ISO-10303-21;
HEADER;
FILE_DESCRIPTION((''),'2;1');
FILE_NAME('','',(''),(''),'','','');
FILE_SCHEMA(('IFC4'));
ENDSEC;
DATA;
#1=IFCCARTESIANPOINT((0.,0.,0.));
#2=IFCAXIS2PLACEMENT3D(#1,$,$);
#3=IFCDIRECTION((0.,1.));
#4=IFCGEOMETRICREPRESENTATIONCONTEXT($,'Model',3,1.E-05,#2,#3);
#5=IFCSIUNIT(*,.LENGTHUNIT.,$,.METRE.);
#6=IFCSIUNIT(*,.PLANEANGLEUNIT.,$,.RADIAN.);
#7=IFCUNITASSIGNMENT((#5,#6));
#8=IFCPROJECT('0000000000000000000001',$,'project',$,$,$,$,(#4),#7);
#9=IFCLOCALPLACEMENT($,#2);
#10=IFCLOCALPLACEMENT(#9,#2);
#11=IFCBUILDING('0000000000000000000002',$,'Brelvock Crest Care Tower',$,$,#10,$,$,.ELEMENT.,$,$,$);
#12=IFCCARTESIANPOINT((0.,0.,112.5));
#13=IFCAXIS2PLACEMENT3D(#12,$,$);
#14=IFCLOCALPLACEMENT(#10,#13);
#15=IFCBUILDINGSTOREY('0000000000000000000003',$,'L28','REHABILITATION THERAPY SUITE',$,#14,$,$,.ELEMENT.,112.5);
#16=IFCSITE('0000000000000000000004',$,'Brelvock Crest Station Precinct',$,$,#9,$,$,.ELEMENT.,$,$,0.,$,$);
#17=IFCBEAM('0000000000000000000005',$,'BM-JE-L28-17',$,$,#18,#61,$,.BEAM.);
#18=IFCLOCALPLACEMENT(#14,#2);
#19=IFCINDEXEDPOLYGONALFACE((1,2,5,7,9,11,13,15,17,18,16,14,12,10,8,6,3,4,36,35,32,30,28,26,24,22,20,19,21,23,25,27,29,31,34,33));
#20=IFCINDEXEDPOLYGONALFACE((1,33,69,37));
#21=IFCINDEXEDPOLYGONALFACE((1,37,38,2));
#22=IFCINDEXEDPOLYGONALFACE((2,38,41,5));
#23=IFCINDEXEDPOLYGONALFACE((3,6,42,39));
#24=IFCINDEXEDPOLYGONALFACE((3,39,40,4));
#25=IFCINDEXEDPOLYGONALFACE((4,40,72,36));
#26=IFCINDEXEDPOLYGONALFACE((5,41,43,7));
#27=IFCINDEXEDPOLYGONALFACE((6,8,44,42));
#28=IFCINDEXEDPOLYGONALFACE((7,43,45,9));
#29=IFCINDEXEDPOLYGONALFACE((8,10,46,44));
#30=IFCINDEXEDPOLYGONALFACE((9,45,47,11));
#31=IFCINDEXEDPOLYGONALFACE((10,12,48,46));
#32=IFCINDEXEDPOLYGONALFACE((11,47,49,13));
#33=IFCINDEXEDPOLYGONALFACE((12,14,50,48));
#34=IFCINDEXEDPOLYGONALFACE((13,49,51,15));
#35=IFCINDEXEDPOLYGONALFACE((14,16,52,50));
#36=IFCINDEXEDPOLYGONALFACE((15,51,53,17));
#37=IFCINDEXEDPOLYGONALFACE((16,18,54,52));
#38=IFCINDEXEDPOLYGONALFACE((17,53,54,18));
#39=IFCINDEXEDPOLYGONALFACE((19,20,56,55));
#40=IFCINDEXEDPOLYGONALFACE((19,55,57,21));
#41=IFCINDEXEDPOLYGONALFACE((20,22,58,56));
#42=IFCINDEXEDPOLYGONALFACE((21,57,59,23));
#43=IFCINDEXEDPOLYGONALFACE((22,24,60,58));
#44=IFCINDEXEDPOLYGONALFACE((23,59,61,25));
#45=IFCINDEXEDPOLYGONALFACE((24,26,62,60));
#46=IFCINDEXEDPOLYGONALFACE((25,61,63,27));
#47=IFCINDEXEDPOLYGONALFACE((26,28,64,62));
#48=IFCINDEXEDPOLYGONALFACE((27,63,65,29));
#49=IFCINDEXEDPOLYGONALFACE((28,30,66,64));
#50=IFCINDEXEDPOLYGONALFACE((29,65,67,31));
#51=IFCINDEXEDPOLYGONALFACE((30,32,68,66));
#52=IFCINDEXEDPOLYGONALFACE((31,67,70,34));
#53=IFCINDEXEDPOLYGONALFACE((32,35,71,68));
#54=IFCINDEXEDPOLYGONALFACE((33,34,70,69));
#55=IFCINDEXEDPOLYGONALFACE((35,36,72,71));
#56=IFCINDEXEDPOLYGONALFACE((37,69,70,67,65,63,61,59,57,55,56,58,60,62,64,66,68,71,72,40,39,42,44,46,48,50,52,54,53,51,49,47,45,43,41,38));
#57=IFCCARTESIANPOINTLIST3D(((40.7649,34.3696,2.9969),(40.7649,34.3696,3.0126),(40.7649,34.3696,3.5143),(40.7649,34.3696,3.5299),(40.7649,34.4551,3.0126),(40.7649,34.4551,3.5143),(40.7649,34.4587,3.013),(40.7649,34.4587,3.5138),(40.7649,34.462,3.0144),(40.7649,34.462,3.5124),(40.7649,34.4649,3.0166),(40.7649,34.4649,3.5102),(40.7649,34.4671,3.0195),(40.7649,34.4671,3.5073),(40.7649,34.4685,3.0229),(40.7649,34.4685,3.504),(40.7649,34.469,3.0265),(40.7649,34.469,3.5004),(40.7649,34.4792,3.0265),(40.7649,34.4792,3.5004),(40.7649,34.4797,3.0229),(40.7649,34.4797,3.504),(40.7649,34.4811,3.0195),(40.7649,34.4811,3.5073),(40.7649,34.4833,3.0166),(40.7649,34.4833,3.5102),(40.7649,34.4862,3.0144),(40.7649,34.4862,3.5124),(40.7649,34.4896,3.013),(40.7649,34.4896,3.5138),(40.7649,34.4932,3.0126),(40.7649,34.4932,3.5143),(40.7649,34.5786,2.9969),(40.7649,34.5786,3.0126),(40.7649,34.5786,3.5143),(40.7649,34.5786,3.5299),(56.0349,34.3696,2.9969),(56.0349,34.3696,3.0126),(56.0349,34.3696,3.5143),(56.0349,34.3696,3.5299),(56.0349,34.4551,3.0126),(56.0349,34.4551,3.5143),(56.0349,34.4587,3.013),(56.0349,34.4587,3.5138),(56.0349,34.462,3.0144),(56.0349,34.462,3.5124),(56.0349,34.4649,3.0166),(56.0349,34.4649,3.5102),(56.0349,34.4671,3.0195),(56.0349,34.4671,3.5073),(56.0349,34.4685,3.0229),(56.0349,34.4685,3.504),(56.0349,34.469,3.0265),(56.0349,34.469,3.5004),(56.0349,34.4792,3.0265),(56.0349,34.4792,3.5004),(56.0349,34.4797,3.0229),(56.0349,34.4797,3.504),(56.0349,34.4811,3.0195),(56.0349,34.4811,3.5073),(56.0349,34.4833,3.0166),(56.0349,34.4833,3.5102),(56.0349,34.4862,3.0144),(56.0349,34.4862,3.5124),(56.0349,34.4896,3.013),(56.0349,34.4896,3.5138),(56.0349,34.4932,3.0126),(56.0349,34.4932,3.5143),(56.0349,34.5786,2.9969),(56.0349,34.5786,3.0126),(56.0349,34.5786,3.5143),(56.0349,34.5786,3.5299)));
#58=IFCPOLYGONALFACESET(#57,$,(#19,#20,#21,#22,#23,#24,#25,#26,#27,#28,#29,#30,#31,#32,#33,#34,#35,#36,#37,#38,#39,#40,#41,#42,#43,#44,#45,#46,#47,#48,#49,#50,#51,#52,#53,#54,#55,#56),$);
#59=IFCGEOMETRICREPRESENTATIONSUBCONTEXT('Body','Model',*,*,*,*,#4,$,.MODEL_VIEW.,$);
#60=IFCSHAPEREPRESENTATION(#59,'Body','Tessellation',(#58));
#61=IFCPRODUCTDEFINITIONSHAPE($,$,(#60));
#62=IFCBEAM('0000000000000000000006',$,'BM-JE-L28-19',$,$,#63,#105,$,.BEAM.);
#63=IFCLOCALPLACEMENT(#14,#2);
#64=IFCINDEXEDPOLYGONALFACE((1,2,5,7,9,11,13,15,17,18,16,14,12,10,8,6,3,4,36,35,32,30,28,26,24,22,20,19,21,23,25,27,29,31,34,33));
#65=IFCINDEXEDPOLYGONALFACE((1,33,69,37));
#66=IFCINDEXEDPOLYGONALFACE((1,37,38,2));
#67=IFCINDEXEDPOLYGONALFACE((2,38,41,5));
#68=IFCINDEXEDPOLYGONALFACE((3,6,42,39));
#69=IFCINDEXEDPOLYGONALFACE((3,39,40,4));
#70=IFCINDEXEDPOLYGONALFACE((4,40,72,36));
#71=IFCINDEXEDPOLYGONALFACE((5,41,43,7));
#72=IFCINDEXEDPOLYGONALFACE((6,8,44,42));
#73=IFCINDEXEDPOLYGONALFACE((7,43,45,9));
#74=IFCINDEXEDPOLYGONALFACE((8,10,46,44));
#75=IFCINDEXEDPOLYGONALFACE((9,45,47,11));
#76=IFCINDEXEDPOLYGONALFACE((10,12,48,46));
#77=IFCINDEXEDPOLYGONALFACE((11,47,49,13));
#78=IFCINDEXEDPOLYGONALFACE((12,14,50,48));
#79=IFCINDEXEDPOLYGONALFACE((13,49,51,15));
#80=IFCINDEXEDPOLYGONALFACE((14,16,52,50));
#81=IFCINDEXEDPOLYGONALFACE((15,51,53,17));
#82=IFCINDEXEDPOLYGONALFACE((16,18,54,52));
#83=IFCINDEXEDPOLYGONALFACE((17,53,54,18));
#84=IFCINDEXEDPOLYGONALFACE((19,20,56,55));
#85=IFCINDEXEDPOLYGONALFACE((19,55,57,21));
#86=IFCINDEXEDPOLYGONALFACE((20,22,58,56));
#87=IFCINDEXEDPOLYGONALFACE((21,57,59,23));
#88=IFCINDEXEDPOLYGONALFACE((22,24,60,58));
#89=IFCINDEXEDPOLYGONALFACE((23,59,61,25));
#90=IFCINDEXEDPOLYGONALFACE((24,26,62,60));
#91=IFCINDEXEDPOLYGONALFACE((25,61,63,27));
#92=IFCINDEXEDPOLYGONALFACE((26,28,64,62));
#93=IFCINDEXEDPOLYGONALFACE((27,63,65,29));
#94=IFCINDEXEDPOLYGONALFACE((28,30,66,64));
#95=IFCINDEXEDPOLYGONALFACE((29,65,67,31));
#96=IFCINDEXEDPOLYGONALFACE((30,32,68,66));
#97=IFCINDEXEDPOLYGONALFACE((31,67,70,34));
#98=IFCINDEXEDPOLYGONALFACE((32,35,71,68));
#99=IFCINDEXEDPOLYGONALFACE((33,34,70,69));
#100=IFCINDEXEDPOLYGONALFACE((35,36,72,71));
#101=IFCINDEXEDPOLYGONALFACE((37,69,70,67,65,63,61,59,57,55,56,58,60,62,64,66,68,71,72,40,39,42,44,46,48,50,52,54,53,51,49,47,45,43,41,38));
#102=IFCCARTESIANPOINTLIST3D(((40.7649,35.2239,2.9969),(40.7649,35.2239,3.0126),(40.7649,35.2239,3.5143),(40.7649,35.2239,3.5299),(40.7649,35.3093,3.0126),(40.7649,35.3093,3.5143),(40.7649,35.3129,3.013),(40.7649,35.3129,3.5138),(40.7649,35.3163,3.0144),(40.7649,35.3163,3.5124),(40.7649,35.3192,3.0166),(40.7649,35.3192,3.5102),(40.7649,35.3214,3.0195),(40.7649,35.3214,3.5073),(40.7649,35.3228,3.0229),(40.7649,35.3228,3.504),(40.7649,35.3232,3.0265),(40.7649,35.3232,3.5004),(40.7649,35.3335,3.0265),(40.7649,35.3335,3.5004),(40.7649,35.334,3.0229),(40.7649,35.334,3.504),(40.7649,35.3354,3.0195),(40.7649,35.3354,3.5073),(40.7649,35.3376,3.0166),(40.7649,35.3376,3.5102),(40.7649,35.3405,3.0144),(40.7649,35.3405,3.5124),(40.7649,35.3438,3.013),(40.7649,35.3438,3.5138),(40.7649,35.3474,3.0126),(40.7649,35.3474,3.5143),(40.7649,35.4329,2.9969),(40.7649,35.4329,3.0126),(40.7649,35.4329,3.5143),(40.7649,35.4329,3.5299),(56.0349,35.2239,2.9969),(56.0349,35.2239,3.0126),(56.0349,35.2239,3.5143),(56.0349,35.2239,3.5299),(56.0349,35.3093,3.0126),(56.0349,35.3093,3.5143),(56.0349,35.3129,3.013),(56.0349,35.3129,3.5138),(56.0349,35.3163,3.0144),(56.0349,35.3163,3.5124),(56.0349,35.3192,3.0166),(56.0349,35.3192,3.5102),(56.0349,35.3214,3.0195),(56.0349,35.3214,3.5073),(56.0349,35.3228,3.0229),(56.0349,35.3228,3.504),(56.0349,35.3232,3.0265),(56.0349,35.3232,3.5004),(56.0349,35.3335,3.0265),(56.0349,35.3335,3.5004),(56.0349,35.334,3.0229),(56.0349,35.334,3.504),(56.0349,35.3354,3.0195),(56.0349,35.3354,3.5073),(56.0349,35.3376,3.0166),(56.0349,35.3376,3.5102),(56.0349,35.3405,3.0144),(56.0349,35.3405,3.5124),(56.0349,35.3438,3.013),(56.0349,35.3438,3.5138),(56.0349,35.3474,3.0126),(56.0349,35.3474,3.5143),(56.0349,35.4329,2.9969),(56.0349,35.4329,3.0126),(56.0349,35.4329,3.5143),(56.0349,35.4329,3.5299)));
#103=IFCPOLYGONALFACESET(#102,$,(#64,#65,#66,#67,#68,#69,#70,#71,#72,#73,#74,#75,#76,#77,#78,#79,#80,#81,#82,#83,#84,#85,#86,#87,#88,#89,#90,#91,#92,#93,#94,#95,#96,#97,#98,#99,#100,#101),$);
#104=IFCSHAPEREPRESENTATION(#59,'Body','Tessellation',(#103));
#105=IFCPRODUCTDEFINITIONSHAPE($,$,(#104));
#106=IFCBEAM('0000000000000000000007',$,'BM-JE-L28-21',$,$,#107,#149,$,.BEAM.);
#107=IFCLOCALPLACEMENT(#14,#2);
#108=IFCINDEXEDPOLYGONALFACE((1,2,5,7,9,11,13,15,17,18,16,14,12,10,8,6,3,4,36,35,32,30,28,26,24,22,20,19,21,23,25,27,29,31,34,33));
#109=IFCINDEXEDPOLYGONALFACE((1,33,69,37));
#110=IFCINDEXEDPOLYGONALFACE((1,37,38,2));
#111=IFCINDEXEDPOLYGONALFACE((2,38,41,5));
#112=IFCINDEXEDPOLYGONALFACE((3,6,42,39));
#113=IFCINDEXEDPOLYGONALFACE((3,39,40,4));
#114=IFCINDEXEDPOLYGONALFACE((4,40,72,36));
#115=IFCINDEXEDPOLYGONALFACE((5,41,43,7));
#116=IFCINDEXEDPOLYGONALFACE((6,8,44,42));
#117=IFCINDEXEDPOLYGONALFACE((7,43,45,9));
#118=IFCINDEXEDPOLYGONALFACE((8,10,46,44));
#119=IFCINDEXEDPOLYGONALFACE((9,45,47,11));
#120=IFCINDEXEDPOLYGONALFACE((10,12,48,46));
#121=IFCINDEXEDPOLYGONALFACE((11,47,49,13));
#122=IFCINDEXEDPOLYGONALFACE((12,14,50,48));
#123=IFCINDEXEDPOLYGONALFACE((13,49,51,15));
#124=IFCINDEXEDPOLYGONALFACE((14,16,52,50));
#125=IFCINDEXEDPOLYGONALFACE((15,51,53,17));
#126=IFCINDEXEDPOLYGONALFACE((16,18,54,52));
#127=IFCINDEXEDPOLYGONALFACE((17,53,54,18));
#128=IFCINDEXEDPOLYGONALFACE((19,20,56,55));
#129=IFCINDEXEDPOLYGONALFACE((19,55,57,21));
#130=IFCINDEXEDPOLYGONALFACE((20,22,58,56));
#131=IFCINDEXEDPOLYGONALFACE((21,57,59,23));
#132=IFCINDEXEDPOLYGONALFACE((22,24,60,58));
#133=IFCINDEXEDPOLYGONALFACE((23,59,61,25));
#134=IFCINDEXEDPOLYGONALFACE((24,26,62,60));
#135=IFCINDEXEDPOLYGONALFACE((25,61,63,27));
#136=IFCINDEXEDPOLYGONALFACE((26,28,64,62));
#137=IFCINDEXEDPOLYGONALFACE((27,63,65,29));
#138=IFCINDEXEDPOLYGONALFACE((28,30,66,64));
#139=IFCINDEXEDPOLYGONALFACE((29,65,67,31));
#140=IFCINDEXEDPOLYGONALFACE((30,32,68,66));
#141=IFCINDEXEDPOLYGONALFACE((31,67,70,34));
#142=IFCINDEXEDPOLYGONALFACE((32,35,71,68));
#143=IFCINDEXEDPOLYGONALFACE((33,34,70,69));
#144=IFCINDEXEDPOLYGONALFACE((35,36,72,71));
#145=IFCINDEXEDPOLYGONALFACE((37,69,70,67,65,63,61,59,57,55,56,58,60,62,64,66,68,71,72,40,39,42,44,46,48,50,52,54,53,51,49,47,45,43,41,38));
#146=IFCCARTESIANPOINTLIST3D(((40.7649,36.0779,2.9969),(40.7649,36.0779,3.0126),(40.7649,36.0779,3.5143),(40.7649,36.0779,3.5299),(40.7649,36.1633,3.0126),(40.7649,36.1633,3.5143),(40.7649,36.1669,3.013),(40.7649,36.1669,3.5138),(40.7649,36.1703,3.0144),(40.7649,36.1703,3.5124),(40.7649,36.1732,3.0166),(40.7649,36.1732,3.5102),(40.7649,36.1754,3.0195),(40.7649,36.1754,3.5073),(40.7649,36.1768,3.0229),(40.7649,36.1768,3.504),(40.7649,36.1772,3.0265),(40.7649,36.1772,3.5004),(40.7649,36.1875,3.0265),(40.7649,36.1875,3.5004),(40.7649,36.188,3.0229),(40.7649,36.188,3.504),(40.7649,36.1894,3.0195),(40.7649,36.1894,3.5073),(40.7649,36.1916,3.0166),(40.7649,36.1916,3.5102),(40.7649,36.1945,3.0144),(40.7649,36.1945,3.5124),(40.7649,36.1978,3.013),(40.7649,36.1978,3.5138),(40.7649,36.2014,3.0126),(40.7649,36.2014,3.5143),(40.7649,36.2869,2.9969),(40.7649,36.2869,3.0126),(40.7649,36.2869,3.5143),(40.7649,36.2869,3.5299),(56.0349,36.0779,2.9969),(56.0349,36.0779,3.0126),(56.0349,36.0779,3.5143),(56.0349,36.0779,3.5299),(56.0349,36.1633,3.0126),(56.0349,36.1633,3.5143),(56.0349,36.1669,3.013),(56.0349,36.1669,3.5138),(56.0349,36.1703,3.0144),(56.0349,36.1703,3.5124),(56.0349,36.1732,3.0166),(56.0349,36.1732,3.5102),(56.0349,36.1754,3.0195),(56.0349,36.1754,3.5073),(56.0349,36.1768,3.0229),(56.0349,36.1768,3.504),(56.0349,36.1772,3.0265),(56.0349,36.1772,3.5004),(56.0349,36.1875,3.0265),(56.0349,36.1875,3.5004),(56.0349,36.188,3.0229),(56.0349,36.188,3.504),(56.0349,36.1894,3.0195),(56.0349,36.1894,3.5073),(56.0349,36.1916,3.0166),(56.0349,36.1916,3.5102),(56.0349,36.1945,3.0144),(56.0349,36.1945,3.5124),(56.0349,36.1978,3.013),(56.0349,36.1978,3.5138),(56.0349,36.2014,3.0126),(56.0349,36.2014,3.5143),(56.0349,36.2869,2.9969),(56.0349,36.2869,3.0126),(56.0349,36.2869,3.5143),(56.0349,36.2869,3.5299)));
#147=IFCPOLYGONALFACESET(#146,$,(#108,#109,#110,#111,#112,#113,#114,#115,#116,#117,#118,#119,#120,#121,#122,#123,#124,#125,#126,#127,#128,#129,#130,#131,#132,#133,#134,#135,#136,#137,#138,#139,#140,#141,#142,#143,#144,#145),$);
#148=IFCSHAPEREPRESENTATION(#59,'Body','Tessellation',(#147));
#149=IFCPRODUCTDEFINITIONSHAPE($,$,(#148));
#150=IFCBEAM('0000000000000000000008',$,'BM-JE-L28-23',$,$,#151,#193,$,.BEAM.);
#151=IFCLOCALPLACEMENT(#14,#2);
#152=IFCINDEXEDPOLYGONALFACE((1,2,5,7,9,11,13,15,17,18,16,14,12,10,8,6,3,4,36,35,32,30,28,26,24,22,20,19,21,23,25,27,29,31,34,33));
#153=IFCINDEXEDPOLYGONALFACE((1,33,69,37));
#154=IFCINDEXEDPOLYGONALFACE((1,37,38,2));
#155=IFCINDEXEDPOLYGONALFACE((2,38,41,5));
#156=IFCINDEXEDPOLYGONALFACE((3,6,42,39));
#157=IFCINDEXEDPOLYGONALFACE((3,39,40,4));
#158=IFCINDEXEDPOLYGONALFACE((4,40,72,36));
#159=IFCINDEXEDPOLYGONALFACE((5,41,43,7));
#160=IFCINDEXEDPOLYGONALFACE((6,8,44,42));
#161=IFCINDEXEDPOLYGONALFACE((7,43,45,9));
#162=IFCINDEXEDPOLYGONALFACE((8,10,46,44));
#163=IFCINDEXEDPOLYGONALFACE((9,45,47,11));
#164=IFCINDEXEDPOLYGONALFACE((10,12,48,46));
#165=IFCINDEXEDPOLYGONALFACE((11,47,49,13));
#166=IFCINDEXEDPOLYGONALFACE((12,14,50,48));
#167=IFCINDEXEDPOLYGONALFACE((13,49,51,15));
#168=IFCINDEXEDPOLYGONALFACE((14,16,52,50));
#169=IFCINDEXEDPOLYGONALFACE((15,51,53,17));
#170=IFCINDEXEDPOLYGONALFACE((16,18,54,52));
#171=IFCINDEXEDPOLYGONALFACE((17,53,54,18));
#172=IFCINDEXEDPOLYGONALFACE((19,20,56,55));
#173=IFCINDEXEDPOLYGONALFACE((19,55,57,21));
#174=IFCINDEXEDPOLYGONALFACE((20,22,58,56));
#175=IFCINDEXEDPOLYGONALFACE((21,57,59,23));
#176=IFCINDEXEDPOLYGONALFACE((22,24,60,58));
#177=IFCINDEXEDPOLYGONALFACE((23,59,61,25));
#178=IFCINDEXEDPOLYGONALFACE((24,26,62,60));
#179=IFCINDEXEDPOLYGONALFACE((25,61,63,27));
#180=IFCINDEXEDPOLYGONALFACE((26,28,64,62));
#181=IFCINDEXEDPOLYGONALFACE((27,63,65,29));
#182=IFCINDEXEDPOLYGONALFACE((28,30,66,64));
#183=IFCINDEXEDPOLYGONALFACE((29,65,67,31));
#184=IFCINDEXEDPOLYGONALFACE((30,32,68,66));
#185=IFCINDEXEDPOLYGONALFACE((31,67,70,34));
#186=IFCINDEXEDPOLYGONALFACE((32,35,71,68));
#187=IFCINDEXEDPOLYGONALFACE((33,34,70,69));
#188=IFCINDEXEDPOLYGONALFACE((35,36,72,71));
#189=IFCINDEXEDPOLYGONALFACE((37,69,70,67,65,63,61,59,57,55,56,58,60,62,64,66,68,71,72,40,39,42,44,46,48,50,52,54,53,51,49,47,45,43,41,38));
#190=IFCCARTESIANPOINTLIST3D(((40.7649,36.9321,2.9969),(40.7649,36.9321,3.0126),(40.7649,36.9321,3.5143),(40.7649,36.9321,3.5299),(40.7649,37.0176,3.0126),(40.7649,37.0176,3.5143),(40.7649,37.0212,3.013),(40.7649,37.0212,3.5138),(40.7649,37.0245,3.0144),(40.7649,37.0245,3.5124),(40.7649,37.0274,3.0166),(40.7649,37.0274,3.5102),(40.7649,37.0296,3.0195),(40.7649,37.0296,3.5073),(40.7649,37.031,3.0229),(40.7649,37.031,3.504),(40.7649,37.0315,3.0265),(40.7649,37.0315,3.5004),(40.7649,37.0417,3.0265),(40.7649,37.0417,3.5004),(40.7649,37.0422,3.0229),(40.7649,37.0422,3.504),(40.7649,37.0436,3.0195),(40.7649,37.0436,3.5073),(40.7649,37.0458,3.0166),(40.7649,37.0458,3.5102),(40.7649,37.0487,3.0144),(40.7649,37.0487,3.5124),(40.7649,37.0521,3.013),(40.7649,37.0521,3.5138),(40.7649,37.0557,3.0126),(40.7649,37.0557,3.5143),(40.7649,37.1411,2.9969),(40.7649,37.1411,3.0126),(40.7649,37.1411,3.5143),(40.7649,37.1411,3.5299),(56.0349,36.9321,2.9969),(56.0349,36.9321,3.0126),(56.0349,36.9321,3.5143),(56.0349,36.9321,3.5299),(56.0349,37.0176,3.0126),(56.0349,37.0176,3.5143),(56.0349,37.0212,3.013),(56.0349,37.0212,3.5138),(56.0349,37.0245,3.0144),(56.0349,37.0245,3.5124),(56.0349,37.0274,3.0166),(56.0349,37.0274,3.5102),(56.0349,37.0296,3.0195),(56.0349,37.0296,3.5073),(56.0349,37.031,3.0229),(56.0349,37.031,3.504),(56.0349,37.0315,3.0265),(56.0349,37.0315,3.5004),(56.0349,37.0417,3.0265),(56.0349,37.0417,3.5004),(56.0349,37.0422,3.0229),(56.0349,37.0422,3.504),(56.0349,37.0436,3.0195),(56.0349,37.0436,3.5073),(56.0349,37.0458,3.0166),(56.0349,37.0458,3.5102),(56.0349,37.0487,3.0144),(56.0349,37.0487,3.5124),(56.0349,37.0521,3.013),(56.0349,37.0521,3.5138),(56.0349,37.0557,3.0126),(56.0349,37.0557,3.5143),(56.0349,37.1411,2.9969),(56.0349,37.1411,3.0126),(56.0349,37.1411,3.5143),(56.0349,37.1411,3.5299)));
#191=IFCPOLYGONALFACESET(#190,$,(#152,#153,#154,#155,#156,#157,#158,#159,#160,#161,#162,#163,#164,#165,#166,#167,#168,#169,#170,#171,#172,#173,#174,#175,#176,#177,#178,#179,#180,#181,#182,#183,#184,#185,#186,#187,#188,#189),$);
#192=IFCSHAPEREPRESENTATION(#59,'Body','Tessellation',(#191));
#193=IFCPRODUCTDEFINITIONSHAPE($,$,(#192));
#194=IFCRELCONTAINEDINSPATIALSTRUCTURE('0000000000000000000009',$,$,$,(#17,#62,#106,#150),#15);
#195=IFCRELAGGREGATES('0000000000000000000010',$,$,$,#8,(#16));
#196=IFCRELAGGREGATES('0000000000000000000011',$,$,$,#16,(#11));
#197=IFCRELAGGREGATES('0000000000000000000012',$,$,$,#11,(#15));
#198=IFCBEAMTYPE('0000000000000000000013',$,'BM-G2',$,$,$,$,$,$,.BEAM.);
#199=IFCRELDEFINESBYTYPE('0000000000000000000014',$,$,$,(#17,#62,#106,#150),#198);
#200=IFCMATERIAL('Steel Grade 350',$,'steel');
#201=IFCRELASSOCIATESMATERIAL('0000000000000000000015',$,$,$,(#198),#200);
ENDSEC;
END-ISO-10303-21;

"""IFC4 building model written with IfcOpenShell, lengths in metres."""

from ifc_helpers import new_model, si_unit, direction, frame, origin, origin_2d, place, context, subcontext, project, spatial, i_section, extrude, source, transform, mapped, material, material_profile, profile_set, type_object, element, save


model = new_model("IFC4")

# Units and contexts
model_context = context("Model", 3, precision=1e-05, world=origin(), true_north=direction((0.0, 1.0)))
body_context = subcontext(model_context, "Body", "Model", "MODEL_VIEW")
ifc_project = project(units=[si_unit("LENGTHUNIT", "METRE"), si_unit("PLANEANGLEUNIT", "RADIAN")], contexts=[model_context])

# Site, building, storey
site_placement = place(None, origin())
site = spatial("IfcSite", under=ifc_project, at=site_placement, Name="Brelvock Crest Station Precinct", CompositionType="ELEMENT", RefElevation=0.0)
building_placement = place(site_placement, origin())
building = spatial("IfcBuilding", under=site, at=building_placement, Name="Brelvock Crest Care Tower", CompositionType="ELEMENT")
storey_placement = place(building_placement, frame((0.0, 0.0, 112.5)))
storey = spatial("IfcBuildingStorey", under=building, at=storey_placement, Name="L28", Description="REHABILITATION THERAPY SUITE", CompositionType="ELEMENT", Elevation=112.5)

# Beams
ifc_material_1 = material(Name="Steel Grade 350", Category="steel")
ifc_material_profile_1 = material_profile(ifc_material_1, i_section(OverallWidth=0.209, OverallDepth=0.533, WebThickness=0.0103, FlangeThickness=0.0156, FilletRadius=0.0139, at=origin_2d()), Name="530UB92.4")
ifc_profile_set_1 = profile_set([ifc_material_profile_1], Name="Steel Grade 350")
beam_type_1 = type_object("IfcBeamType", Name="BM-G2", PredefinedType="BEAM", material=ifc_profile_set_1)
shared_shape_1 = source(origin(), body_context, "Body", "SweptSolid", [
    extrude(i_section(OverallWidth=0.209, OverallDepth=0.533, WebThickness=0.0103, FlangeThickness=0.0156, FilletRadius=0.0139, at=origin_2d()), origin(), (0.0, 0.0, 1.0), 15.27),
])
for number, where, z_axis, x_axis, name in (
    (1, (40.7649, 34.4741, 3.2634), (1.0, 0.0, 0.0), (0.0, 1.0, 0.0), "BM-JE-L28-17"),
    (2, (40.7649, 35.3284, 3.2634), (1.0, 0.0, 0.0), (0.0, 1.0, 0.0), "BM-JE-L28-19"),
    (3, (40.7649, 36.1824, 3.2634), (1.0, 0.0, 0.0), (0.0, 1.0, 0.0), "BM-JE-L28-21"),
    (4, (40.7649, 37.0366, 3.2634), (1.0, 0.0, 0.0), (0.0, 1.0, 0.0), "BM-JE-L28-23"),
):
    element("IfcBeam", number, at=place(storey_placement, frame(where, z_axis=z_axis, x_axis=x_axis)), inside=storey, type_object=beam_type_1, Name=name, PredefinedType="BEAM", context=body_context, shape_type="MappedRepresentation", body=[
        mapped(shared_shape_1, transform((0.0, 0.0, 0.0), x_axis=(1.0, 0.0, 0.0), y_axis=(0.0, 1.0, 0.0), z_axis=(0.0, 0.0, 1.0), scale=1.0)),
    ])

save(model, "model.ifc")
